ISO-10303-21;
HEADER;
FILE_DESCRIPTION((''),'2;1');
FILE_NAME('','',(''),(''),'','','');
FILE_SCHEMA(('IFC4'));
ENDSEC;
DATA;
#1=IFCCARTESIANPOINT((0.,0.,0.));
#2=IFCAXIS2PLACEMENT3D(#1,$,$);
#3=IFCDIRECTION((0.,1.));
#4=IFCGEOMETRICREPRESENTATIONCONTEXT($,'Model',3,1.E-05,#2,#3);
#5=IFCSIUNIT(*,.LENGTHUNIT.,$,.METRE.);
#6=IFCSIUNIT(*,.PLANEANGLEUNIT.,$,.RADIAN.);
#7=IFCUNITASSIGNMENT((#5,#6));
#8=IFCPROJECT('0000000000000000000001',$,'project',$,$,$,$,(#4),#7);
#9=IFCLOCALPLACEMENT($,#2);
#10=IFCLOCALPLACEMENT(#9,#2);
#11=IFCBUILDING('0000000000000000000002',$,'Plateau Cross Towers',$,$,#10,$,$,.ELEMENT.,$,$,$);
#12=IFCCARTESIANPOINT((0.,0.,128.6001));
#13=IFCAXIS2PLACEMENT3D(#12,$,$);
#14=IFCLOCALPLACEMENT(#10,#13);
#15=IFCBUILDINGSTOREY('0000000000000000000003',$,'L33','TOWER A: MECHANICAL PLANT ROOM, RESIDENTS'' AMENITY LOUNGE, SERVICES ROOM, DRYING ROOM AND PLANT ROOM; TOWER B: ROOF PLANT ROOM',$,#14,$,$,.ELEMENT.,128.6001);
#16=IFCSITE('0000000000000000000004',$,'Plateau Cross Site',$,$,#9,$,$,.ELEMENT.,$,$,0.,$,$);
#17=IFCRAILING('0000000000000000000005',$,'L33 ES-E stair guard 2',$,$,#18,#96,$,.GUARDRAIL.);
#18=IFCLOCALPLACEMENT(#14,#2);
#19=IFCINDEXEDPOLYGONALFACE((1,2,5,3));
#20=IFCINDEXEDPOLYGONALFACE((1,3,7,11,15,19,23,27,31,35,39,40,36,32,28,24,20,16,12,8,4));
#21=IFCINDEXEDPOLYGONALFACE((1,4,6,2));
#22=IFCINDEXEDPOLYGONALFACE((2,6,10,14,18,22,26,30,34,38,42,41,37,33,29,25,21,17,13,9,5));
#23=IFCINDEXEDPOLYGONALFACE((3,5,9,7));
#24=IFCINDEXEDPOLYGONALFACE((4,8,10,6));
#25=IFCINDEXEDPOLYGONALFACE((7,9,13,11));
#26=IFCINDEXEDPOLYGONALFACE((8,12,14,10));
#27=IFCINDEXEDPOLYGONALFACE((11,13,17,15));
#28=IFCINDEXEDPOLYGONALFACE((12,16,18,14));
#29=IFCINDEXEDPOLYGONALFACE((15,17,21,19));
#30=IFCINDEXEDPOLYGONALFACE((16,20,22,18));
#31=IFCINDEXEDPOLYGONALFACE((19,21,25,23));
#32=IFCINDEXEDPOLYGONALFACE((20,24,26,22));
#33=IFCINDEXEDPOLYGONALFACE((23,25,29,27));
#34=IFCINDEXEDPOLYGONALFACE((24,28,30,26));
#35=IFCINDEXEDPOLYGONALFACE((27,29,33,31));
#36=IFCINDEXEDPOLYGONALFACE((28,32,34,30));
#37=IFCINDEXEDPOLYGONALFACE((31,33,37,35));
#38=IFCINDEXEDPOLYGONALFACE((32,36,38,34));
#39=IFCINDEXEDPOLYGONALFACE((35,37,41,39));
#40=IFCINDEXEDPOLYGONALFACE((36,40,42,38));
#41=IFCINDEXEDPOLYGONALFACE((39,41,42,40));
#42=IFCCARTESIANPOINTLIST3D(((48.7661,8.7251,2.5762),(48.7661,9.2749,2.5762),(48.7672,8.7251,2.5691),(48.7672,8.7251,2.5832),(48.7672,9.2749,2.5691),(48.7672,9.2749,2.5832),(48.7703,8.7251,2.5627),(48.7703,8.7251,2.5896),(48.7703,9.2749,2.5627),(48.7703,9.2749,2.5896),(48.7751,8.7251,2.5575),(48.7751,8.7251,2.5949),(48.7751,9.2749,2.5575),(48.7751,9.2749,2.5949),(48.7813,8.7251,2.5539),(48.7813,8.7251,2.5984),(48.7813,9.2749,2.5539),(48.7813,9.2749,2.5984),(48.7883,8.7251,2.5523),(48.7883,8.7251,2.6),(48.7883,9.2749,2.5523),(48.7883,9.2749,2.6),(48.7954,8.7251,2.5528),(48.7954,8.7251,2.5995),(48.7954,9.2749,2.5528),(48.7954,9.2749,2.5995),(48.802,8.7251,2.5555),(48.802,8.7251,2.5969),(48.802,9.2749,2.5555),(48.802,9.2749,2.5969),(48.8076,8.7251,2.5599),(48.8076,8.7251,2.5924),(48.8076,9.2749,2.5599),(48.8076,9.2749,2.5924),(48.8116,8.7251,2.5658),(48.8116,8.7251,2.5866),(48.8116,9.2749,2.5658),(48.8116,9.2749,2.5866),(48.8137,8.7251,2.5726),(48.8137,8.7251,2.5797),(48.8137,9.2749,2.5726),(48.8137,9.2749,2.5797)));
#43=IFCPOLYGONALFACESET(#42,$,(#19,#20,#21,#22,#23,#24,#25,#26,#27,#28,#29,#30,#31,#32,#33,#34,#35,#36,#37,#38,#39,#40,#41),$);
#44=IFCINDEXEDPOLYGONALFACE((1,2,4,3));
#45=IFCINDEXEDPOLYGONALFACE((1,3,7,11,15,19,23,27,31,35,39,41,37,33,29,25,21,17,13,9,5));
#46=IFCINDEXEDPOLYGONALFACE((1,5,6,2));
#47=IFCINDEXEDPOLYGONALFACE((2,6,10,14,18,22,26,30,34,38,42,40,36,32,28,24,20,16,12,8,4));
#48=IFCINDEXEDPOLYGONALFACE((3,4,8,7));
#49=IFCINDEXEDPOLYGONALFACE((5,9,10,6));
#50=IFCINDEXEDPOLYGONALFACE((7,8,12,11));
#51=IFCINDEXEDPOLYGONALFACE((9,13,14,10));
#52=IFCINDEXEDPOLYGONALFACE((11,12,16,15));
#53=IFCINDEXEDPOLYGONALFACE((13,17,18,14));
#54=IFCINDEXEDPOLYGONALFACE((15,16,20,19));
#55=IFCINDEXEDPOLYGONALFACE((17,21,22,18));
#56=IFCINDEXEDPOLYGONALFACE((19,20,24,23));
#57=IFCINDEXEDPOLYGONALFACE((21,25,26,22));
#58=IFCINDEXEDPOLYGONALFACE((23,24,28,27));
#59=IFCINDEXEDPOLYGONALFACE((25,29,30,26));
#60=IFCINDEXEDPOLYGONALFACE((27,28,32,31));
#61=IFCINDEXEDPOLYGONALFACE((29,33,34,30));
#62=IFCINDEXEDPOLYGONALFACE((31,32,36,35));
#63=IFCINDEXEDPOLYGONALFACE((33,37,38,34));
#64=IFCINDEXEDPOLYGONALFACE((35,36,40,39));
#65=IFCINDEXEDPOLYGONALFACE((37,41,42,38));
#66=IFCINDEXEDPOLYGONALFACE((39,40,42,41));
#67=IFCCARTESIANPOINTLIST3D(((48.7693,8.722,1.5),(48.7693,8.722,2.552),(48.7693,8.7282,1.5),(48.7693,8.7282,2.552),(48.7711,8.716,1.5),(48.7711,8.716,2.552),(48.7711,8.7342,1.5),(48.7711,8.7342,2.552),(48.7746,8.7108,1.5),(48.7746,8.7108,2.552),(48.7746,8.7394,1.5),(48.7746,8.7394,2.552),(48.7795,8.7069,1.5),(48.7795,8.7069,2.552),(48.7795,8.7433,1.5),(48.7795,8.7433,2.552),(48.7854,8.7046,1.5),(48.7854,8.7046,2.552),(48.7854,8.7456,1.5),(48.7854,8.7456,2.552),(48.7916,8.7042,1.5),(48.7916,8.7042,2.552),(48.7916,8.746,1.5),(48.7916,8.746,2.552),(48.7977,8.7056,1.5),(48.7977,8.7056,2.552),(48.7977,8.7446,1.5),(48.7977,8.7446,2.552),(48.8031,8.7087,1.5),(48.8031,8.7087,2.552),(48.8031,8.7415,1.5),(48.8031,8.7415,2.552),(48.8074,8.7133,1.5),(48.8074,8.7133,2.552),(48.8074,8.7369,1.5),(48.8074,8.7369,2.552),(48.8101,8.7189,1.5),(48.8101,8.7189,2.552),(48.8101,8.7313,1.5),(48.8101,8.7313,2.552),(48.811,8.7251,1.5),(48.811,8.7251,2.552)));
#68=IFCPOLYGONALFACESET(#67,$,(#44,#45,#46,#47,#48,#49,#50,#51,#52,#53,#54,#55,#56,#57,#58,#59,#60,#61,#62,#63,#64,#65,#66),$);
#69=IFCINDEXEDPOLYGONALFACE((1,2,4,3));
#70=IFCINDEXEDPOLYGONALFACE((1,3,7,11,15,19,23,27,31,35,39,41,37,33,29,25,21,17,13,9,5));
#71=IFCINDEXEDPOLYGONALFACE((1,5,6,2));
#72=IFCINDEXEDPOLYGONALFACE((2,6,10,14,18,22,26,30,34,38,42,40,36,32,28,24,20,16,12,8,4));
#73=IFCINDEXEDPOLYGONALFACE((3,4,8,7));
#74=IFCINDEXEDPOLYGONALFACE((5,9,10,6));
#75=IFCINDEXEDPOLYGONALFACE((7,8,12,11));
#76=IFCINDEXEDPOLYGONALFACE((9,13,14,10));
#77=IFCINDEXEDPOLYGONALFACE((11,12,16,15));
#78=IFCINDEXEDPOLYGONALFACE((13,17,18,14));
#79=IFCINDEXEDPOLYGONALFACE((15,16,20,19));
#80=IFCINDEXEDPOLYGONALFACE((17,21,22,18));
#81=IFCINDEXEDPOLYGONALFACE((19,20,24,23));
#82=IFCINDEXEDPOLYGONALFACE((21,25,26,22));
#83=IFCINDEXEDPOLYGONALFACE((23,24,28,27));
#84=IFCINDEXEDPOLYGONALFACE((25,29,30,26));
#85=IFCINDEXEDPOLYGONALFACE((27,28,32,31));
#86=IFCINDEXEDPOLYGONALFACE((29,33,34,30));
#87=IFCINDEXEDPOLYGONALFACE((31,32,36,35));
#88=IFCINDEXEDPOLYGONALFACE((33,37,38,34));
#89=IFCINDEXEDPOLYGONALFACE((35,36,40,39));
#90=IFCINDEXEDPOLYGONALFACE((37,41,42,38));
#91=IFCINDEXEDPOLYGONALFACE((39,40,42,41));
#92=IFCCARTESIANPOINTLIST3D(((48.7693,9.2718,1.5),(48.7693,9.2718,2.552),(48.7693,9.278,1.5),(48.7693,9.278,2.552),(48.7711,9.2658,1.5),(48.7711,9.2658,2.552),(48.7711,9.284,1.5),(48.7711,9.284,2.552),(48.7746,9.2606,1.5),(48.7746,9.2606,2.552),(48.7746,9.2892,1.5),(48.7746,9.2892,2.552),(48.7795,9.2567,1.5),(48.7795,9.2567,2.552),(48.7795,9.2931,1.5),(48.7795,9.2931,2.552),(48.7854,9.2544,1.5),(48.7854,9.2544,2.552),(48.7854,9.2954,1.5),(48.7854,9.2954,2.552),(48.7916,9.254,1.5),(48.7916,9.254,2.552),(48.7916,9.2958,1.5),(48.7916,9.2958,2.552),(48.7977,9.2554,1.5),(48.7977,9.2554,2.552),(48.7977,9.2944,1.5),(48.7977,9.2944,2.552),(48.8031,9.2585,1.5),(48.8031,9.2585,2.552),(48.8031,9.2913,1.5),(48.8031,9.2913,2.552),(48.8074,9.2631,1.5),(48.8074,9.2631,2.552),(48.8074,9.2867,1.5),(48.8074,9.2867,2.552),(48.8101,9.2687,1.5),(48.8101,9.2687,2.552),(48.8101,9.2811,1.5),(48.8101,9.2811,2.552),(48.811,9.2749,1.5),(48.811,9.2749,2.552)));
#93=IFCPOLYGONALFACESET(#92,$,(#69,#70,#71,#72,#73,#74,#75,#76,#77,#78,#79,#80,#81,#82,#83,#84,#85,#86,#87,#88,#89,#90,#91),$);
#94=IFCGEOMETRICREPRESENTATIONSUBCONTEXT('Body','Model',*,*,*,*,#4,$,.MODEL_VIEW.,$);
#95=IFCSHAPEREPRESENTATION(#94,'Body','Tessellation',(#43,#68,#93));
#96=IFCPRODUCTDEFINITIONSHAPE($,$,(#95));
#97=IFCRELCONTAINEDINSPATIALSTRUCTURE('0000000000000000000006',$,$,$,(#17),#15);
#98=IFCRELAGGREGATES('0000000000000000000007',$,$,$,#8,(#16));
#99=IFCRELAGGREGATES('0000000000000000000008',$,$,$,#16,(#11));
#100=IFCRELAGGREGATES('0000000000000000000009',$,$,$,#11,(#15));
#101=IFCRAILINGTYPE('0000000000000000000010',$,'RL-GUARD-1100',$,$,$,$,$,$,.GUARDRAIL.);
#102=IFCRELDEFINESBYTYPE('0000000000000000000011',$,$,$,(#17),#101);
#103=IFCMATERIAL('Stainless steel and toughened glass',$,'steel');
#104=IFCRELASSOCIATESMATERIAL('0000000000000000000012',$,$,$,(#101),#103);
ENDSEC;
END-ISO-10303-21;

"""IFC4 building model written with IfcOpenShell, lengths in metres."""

from ifc_helpers import new_model, si_unit, direction, frame, origin, origin_2d, place, context, subcontext, project, spatial, circle, extrude, material, type_object, element, save


model = new_model("IFC4")

# Units and contexts
model_context = context("Model", 3, precision=1e-05, world=origin(), true_north=direction((0.0, 1.0)))
body_context = subcontext(model_context, "Body", "Model", "MODEL_VIEW")
ifc_project = project(units=[si_unit("LENGTHUNIT", "METRE"), si_unit("PLANEANGLEUNIT", "RADIAN")], contexts=[model_context])

# Site, building, storey
site_placement = place(None, origin())
site = spatial("IfcSite", under=ifc_project, at=site_placement, Name="Plateau Cross Site", CompositionType="ELEMENT", RefElevation=0.0)
building_placement = place(site_placement, origin())
building = spatial("IfcBuilding", under=site, at=building_placement, Name="Plateau Cross Towers", CompositionType="ELEMENT")
storey_placement = place(building_placement, frame((0.0, 0.0, 128.6001)))
storey = spatial("IfcBuildingStorey", under=building, at=storey_placement, Name="L33", Description="TOWER A: MECHANICAL PLANT ROOM, RESIDENTS' AMENITY LOUNGE, SERVICES ROOM, DRYING ROOM AND PLANT ROOM; TOWER B: ROOF PLANT ROOM", CompositionType="ELEMENT", Elevation=128.6001)

# Railing
ifc_material_1 = material(Name="Stainless steel and toughened glass", Category="steel")
railing_type_1 = type_object("IfcRailingType", Name="RL-GUARD-1100", PredefinedType="GUARDRAIL", material=ifc_material_1)
railing_1_placement = place(storey_placement, frame((48.79, 8.7251, 1.5)))
element("IfcRailing", 1, at=railing_1_placement, inside=storey, type_object=railing_type_1, Name="L33 ES-E stair guard 2", PredefinedType="GUARDRAIL", context=body_context, shape_type="SweptSolid", body=[
    extrude(circle(Radius=0.0239, at=origin_2d()), frame((0.0, 0.0, 1.0762), z_axis=(0.0, 1.0, 0.0), x_axis=(-1.0, 0.0, 0.0)), (0.0, 0.0, 1.0), 0.5498),
    extrude(circle(Radius=0.021, at=origin_2d()), origin(), (0.0, 0.0, 1.0), 1.052),
    extrude(circle(Radius=0.021, at=origin_2d()), frame((0.0, 0.5498, 0.0)), (0.0, 0.0, 1.0), 1.052),
])

save(model, "model.ifc")
